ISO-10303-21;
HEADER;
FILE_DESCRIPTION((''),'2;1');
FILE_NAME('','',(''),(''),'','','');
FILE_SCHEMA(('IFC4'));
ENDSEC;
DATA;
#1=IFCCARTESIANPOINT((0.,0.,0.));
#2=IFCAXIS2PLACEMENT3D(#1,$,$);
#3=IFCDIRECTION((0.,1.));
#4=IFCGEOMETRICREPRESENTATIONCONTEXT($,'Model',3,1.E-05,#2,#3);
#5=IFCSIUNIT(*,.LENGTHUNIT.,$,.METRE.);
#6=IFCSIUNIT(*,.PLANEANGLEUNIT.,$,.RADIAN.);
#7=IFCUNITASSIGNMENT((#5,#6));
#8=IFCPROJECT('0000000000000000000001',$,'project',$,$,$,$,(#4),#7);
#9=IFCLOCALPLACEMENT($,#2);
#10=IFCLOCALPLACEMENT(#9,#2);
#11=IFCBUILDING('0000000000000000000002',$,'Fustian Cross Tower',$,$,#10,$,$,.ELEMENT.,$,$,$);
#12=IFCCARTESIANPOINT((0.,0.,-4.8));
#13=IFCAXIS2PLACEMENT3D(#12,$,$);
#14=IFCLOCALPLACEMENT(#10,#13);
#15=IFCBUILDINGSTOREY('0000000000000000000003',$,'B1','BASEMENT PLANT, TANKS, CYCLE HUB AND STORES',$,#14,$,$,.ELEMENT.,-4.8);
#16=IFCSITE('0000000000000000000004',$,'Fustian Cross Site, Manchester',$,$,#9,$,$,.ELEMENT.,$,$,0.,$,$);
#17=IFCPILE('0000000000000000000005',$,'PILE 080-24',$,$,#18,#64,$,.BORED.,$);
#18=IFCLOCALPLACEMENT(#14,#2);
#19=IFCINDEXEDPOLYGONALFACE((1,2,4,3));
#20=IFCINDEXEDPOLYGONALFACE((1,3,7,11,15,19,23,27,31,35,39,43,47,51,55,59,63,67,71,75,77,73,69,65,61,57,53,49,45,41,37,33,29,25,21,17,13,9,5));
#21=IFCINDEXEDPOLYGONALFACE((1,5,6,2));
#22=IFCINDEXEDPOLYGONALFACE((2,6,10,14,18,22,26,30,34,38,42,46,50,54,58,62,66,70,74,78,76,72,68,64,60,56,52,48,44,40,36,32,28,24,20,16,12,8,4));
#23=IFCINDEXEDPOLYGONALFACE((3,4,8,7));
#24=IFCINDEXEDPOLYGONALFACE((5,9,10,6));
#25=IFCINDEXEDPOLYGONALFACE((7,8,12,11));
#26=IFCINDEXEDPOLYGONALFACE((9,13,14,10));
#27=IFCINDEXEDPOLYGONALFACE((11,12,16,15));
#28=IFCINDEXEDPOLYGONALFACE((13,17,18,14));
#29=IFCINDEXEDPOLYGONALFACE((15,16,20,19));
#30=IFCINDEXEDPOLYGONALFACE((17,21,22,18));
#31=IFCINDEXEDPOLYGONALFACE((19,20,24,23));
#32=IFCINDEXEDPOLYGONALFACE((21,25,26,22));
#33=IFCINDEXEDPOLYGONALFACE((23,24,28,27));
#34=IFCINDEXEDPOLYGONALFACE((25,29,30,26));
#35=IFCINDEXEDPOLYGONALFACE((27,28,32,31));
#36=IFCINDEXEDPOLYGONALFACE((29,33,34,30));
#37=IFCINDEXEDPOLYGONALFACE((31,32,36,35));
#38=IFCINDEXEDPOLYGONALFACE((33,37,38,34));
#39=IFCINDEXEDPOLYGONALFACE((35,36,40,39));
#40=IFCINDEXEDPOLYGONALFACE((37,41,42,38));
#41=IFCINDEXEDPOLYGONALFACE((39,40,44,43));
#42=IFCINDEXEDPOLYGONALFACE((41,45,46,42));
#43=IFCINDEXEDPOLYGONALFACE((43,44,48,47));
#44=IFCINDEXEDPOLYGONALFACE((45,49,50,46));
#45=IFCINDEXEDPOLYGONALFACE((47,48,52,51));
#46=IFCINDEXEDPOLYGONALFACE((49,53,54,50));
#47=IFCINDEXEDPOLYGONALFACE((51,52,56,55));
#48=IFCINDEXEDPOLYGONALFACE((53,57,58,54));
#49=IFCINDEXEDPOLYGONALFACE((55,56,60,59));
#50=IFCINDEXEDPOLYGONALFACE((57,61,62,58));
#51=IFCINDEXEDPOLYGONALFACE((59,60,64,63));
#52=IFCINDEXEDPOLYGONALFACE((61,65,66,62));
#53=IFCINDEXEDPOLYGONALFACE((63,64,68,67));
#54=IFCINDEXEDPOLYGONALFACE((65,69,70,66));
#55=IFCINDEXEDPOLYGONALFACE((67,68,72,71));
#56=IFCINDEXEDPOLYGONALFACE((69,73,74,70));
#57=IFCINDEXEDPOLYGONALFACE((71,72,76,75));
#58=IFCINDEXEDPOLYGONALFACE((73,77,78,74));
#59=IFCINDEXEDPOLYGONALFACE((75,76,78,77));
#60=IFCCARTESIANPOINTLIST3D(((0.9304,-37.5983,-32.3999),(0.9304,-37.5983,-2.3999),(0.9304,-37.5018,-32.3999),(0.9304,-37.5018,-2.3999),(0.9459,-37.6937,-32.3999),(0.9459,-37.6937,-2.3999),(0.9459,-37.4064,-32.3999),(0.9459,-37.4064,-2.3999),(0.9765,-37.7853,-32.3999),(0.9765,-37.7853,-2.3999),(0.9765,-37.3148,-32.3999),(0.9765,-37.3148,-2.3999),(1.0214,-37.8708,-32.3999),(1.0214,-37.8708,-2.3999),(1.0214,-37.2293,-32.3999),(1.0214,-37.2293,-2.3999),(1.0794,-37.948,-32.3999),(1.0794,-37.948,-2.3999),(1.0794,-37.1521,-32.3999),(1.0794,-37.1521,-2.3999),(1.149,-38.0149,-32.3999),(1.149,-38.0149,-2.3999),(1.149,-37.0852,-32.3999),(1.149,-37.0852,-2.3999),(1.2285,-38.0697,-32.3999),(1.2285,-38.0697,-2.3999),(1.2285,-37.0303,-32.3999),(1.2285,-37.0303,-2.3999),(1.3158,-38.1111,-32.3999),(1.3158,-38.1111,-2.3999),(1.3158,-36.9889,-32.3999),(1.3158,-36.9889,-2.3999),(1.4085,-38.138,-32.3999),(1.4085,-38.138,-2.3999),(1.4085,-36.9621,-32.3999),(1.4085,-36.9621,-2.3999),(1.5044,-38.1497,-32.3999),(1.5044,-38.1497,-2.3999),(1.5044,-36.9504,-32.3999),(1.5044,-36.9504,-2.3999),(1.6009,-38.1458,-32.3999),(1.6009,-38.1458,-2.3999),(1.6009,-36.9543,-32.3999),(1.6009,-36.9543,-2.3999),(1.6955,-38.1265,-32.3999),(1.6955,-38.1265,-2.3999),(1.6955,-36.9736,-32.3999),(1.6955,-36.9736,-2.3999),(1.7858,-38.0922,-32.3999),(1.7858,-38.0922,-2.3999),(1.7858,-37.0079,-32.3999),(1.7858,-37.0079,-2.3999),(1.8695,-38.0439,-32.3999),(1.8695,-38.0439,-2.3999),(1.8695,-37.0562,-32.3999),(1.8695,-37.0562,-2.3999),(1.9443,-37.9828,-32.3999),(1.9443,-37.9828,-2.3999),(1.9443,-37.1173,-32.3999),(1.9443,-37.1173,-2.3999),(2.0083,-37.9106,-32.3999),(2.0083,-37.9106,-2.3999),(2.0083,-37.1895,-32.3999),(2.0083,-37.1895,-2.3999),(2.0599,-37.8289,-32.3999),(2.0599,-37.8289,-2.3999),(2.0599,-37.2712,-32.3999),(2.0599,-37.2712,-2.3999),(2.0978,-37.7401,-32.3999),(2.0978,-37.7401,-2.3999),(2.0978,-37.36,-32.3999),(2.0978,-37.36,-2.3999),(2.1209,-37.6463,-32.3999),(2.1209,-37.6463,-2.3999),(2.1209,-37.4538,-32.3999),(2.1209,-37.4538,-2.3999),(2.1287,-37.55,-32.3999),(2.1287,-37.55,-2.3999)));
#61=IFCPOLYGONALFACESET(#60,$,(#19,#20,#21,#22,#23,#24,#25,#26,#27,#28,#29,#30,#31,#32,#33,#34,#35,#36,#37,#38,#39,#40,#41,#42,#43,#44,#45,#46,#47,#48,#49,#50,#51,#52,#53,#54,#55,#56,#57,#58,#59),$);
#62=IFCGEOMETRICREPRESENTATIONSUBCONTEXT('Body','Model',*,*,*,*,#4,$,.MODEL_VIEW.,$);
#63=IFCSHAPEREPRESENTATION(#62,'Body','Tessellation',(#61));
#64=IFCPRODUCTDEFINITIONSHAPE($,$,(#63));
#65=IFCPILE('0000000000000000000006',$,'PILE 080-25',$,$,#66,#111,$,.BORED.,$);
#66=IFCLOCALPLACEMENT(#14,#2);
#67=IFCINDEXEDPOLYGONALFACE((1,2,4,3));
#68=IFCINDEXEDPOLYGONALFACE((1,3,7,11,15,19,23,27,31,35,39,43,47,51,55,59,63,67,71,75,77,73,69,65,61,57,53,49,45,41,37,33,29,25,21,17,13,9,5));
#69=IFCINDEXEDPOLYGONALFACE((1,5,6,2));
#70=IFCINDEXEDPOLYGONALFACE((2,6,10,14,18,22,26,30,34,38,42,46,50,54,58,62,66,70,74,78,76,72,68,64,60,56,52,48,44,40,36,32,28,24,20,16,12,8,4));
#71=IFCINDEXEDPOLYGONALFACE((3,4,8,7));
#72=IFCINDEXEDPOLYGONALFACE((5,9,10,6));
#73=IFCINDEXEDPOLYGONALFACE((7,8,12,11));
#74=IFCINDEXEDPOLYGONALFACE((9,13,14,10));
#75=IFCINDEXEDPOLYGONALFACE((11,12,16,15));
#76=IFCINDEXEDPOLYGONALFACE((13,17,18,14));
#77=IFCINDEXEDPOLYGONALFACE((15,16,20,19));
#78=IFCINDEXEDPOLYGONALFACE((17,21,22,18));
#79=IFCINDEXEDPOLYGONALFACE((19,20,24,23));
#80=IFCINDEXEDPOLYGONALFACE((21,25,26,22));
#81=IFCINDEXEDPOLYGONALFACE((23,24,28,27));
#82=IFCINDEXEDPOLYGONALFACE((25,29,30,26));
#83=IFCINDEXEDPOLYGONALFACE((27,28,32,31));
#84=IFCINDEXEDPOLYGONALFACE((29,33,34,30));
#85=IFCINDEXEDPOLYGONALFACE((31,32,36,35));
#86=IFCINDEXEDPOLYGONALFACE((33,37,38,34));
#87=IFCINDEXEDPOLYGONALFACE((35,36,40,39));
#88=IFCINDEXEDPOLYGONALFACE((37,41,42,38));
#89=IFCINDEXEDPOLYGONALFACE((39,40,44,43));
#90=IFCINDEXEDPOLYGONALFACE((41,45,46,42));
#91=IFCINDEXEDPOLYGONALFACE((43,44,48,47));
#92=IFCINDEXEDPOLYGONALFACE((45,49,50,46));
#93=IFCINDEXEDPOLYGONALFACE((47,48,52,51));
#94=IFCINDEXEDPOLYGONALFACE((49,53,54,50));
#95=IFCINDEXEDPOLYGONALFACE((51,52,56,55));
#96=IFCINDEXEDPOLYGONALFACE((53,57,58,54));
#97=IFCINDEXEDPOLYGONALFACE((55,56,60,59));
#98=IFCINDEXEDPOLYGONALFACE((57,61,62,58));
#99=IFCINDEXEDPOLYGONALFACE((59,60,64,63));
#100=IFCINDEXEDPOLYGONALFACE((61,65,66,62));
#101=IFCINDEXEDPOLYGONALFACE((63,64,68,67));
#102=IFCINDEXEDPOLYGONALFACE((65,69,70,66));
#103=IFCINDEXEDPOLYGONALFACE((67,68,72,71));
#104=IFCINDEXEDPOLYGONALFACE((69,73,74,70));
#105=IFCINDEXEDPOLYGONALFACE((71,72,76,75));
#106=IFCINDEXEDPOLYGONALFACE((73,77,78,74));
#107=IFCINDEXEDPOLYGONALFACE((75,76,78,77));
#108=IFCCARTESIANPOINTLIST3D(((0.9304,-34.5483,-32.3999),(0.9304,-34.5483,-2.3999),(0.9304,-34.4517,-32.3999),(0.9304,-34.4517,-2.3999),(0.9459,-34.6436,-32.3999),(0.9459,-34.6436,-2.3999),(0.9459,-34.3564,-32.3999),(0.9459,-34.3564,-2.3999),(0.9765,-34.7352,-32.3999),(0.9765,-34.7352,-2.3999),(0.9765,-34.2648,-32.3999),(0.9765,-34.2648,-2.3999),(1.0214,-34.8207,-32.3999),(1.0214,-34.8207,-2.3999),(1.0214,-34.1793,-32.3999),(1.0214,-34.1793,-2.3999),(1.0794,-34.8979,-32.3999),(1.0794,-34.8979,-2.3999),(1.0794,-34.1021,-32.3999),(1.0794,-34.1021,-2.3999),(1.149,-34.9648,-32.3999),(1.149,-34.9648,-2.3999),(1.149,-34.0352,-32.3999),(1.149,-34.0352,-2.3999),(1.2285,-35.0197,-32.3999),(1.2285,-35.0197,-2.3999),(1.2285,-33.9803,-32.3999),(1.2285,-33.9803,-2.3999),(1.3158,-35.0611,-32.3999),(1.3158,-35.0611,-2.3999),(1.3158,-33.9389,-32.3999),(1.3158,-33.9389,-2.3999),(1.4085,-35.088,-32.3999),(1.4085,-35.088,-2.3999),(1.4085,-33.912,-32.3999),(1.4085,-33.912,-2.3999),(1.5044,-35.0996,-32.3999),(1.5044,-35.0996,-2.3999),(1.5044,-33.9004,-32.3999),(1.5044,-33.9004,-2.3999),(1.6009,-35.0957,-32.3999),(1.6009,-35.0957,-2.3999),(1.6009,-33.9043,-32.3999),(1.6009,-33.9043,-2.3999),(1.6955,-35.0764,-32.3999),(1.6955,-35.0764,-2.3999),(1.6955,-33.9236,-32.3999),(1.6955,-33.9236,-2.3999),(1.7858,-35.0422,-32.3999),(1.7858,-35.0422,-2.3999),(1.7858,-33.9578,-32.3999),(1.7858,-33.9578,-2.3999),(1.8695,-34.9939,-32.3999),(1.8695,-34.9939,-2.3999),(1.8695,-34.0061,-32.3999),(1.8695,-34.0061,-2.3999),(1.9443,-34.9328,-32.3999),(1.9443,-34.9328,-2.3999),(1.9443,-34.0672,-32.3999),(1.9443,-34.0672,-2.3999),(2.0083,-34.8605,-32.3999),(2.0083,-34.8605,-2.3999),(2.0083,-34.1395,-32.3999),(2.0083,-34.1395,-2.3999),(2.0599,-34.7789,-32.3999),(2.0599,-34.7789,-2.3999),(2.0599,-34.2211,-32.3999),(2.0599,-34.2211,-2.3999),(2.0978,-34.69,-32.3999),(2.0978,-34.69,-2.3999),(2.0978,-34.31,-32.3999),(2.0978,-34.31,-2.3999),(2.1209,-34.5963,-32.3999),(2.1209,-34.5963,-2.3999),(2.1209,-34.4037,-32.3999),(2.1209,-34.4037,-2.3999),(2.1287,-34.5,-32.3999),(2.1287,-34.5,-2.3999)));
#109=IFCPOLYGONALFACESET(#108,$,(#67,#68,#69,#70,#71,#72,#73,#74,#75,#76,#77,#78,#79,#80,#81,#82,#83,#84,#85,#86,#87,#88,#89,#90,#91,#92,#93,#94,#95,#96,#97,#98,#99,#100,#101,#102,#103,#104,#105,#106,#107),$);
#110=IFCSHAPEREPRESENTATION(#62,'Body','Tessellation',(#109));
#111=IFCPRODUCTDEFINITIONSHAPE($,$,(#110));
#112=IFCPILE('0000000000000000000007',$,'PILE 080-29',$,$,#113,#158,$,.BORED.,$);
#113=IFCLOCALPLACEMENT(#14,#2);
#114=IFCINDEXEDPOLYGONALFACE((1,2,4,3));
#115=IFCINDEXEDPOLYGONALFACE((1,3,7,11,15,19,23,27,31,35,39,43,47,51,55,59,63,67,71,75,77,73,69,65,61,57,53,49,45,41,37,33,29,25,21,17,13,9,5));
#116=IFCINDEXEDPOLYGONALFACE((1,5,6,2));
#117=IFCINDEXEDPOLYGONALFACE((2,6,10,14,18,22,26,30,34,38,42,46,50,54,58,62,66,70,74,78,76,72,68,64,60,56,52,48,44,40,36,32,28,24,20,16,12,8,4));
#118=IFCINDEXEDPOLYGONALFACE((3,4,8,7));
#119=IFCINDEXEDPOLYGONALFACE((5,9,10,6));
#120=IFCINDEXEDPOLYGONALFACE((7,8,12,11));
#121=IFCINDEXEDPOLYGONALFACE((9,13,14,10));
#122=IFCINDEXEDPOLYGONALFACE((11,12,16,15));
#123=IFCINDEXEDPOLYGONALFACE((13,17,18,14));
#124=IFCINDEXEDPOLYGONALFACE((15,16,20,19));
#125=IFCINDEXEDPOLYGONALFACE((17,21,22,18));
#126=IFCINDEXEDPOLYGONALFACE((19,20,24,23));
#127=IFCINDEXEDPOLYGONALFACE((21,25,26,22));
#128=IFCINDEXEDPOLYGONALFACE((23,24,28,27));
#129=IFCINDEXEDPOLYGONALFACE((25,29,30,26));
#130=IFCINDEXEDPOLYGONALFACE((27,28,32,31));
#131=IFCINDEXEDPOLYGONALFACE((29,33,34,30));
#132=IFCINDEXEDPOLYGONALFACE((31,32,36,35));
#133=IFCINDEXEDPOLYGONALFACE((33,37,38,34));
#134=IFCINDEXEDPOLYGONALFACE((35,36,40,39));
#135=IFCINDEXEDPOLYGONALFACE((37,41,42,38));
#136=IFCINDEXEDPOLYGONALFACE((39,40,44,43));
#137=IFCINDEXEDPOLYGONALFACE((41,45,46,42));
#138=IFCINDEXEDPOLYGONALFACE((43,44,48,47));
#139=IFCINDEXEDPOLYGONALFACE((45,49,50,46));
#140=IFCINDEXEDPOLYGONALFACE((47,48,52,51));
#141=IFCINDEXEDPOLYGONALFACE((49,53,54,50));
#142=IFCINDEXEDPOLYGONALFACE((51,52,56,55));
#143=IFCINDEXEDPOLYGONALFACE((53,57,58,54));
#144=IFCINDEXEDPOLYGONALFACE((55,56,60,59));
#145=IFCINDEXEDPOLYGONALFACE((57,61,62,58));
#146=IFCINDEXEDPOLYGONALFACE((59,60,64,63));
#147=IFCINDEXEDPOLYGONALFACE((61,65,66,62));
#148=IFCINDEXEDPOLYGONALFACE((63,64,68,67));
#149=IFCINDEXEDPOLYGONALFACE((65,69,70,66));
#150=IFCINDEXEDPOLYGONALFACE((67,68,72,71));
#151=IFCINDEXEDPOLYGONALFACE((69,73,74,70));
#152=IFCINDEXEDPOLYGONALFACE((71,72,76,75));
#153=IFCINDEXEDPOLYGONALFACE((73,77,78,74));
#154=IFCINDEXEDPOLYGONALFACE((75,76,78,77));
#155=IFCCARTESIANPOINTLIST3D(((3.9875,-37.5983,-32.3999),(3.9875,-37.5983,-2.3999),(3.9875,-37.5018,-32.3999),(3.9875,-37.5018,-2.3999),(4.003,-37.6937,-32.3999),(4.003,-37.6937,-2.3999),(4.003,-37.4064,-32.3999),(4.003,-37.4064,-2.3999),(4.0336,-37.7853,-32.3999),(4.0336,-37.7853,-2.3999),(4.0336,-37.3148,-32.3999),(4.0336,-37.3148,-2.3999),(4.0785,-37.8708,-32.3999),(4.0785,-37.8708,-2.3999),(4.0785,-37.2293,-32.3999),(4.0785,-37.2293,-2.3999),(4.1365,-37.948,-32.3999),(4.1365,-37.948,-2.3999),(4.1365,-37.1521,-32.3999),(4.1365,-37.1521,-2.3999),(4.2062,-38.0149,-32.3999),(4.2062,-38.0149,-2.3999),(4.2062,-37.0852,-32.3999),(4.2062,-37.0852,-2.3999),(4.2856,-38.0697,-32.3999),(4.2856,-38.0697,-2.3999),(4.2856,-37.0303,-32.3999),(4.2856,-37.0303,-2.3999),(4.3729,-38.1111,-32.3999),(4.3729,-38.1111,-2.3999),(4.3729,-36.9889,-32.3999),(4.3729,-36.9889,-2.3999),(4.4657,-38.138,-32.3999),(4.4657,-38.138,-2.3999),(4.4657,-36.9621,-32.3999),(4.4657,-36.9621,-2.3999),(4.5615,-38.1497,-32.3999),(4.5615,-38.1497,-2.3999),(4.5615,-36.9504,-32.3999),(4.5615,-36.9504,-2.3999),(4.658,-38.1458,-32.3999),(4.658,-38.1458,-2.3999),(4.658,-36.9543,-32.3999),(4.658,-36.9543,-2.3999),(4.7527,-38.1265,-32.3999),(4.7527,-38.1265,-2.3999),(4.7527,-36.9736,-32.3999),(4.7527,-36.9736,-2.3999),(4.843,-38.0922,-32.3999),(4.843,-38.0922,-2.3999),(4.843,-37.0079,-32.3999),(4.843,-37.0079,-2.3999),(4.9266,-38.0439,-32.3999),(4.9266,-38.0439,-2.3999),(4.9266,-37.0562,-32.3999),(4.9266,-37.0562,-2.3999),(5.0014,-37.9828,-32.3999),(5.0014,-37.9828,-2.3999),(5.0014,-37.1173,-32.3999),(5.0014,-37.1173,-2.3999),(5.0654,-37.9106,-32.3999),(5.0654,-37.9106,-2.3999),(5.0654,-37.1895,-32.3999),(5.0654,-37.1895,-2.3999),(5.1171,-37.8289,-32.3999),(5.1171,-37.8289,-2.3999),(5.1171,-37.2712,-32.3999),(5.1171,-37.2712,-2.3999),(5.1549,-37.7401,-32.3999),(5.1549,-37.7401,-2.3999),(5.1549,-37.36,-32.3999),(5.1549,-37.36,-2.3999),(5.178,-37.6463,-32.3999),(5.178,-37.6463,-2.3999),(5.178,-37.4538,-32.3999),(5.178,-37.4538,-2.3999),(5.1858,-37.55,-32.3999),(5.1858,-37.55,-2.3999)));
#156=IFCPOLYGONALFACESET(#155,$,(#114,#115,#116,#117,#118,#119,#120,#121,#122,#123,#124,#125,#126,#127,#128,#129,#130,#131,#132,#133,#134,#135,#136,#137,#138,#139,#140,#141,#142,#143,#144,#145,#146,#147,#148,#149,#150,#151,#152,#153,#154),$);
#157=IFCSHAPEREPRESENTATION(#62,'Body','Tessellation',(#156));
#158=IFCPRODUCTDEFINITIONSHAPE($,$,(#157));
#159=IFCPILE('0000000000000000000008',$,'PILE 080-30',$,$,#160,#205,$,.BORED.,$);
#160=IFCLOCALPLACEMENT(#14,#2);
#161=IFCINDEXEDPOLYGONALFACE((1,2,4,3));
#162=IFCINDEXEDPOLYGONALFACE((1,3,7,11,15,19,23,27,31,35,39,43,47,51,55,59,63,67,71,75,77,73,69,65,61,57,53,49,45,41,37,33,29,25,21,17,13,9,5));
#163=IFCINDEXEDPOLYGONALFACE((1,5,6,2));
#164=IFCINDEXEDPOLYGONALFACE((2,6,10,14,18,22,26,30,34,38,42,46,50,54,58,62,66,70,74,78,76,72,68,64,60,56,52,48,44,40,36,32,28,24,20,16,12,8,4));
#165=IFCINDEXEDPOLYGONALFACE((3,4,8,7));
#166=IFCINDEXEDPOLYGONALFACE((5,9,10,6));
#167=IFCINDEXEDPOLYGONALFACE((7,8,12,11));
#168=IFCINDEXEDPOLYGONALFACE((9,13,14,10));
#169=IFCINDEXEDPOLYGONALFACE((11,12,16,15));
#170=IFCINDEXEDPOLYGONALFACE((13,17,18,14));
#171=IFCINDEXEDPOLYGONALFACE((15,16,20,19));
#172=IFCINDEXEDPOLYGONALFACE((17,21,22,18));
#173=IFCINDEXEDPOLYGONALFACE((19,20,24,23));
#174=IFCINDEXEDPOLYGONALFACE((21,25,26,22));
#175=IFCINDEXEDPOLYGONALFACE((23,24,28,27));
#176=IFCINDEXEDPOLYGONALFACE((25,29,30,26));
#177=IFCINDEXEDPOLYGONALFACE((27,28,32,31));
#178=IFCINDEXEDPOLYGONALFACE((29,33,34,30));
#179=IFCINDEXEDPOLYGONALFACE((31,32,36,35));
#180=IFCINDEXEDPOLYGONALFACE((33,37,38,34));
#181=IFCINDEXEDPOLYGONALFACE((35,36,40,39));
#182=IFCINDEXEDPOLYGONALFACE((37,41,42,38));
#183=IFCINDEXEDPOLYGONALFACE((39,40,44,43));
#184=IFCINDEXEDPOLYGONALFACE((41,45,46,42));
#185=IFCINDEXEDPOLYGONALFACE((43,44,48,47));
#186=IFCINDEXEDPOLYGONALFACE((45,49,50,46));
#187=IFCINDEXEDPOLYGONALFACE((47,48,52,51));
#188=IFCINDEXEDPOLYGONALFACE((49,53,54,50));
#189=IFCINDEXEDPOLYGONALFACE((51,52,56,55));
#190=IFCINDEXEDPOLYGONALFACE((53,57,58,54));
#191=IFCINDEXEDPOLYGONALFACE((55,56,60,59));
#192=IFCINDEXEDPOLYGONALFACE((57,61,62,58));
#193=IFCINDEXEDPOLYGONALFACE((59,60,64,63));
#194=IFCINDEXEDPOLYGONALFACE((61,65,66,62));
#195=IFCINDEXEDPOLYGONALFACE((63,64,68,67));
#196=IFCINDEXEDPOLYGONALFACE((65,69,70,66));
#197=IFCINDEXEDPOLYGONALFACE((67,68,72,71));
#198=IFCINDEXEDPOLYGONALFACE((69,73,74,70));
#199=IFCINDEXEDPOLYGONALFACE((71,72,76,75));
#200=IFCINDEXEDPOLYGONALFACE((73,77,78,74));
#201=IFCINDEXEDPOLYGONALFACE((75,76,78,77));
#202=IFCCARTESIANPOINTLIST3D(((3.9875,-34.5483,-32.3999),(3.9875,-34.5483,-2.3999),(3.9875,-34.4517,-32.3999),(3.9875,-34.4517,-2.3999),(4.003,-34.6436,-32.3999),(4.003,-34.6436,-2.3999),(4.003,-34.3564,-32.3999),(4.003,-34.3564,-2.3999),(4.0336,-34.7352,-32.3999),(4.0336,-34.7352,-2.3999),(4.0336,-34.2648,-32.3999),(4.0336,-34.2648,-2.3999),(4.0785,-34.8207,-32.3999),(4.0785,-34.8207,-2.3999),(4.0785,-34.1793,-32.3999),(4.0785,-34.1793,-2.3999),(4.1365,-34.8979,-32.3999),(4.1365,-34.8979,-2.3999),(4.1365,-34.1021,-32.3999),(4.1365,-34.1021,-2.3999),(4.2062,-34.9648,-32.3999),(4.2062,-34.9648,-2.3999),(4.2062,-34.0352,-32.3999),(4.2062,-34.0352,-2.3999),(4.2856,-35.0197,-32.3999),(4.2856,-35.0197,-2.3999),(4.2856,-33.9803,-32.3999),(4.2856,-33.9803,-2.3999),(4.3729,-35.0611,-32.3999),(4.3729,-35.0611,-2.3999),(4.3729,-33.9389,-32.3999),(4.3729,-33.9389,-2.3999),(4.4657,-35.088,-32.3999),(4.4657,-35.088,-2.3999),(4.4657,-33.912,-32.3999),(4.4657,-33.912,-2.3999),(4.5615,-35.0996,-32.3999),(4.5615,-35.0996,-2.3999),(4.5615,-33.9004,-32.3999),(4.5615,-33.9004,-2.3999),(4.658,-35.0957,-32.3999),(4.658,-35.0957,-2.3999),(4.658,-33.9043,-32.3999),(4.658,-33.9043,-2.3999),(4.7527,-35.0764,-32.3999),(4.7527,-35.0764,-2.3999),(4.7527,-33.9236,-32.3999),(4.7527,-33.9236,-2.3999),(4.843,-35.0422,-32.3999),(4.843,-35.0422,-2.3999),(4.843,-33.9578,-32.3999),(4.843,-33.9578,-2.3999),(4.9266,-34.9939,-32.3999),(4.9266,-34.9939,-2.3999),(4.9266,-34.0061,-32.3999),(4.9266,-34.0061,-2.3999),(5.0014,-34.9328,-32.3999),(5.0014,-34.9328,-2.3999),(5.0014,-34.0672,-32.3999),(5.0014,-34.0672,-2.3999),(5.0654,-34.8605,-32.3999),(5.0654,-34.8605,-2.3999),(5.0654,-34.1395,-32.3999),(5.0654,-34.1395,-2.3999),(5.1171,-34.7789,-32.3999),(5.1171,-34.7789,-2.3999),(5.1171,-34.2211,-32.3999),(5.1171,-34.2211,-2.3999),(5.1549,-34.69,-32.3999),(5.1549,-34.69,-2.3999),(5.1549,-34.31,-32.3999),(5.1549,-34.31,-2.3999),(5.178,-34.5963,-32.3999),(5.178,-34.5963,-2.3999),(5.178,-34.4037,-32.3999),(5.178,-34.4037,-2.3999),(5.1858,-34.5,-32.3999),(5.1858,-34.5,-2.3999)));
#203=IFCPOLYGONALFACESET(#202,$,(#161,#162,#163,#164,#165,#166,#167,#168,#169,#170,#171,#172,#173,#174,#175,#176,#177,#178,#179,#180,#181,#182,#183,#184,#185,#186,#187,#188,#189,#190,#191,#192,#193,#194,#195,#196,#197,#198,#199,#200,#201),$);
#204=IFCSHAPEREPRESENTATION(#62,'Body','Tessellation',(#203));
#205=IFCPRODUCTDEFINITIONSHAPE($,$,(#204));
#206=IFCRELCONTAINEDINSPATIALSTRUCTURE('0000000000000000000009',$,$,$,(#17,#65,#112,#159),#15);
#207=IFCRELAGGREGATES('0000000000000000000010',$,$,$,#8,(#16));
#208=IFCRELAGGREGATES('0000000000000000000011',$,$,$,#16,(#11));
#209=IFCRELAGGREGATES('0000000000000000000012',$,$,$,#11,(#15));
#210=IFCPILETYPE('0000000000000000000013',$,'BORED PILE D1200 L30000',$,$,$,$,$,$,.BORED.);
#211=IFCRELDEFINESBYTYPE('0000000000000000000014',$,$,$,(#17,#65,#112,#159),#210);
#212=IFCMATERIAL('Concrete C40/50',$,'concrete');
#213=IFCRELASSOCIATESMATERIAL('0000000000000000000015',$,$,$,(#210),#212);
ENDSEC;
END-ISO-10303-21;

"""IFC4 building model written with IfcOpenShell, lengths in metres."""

from ifc_helpers import new_model, si_unit, direction, frame, origin, origin_2d, place, context, subcontext, project, spatial, circle, extrude, material, material_profile, profile_set, type_object, element, save


model = new_model("IFC4")

# Units and contexts
model_context = context("Model", 3, precision=1e-05, world=origin(), true_north=direction((0.0, 1.0)))
body_context = subcontext(model_context, "Body", "Model", "MODEL_VIEW")
ifc_project = project(units=[si_unit("LENGTHUNIT", "METRE"), si_unit("PLANEANGLEUNIT", "RADIAN")], contexts=[model_context])

# Site, building, storey
site_placement = place(None, origin())
site = spatial("IfcSite", under=ifc_project, at=site_placement, Name="Fustian Cross Site, Manchester", CompositionType="ELEMENT", RefElevation=0.0)
building_placement = place(site_placement, origin())
building = spatial("IfcBuilding", under=site, at=building_placement, Name="Fustian Cross Tower", CompositionType="ELEMENT")
storey_placement = place(building_placement, frame((0.0, 0.0, -4.8)))
storey = spatial("IfcBuildingStorey", under=building, at=storey_placement, Name="B1", Description="BASEMENT PLANT, TANKS, CYCLE HUB AND STORES", CompositionType="ELEMENT", Elevation=-4.8)

# Piles
ifc_material_1 = material(Name="Concrete C40/50", Category="concrete")
ifc_material_profile_1 = material_profile(ifc_material_1, circle(Radius=0.6001, at=origin_2d()), Name="BORED PILE D1200 L30000")
ifc_profile_set_1 = profile_set([ifc_material_profile_1], Name="Concrete C40/50")
pile_type = type_object("IfcPileType", Name="BORED PILE D1200 L30000", PredefinedType="BORED", material=ifc_profile_set_1)
for number, where, z_axis, x_axis, name in (
    (1, (1.5286, -37.55, -2.3999), (0.0, 0.0, -1.0), (1.0, 0.0, 0.0), "PILE 080-24"),
    (2, (1.5286, -34.5, -2.3999), (0.0, 0.0, -1.0), (1.0, 0.0, 0.0), "PILE 080-25"),
    (3, (4.5857, -37.55, -2.3999), (0.0, 0.0, -1.0), (1.0, 0.0, 0.0), "PILE 080-29"),
    (4, (4.5857, -34.5, -2.3999), (0.0, 0.0, -1.0), (1.0, 0.0, 0.0), "PILE 080-30"),
):
    element("IfcPile", number, at=place(storey_placement, frame(where, z_axis=z_axis, x_axis=x_axis)), inside=storey, type_object=pile_type, Name=name, PredefinedType="BORED", context=body_context, shape_type="SweptSolid", body=[
        extrude(circle(Radius=0.6001, at=origin_2d()), origin(), (0.0, 0.0, 1.0), 30.0),
    ])

save(model, "model.ifc")
